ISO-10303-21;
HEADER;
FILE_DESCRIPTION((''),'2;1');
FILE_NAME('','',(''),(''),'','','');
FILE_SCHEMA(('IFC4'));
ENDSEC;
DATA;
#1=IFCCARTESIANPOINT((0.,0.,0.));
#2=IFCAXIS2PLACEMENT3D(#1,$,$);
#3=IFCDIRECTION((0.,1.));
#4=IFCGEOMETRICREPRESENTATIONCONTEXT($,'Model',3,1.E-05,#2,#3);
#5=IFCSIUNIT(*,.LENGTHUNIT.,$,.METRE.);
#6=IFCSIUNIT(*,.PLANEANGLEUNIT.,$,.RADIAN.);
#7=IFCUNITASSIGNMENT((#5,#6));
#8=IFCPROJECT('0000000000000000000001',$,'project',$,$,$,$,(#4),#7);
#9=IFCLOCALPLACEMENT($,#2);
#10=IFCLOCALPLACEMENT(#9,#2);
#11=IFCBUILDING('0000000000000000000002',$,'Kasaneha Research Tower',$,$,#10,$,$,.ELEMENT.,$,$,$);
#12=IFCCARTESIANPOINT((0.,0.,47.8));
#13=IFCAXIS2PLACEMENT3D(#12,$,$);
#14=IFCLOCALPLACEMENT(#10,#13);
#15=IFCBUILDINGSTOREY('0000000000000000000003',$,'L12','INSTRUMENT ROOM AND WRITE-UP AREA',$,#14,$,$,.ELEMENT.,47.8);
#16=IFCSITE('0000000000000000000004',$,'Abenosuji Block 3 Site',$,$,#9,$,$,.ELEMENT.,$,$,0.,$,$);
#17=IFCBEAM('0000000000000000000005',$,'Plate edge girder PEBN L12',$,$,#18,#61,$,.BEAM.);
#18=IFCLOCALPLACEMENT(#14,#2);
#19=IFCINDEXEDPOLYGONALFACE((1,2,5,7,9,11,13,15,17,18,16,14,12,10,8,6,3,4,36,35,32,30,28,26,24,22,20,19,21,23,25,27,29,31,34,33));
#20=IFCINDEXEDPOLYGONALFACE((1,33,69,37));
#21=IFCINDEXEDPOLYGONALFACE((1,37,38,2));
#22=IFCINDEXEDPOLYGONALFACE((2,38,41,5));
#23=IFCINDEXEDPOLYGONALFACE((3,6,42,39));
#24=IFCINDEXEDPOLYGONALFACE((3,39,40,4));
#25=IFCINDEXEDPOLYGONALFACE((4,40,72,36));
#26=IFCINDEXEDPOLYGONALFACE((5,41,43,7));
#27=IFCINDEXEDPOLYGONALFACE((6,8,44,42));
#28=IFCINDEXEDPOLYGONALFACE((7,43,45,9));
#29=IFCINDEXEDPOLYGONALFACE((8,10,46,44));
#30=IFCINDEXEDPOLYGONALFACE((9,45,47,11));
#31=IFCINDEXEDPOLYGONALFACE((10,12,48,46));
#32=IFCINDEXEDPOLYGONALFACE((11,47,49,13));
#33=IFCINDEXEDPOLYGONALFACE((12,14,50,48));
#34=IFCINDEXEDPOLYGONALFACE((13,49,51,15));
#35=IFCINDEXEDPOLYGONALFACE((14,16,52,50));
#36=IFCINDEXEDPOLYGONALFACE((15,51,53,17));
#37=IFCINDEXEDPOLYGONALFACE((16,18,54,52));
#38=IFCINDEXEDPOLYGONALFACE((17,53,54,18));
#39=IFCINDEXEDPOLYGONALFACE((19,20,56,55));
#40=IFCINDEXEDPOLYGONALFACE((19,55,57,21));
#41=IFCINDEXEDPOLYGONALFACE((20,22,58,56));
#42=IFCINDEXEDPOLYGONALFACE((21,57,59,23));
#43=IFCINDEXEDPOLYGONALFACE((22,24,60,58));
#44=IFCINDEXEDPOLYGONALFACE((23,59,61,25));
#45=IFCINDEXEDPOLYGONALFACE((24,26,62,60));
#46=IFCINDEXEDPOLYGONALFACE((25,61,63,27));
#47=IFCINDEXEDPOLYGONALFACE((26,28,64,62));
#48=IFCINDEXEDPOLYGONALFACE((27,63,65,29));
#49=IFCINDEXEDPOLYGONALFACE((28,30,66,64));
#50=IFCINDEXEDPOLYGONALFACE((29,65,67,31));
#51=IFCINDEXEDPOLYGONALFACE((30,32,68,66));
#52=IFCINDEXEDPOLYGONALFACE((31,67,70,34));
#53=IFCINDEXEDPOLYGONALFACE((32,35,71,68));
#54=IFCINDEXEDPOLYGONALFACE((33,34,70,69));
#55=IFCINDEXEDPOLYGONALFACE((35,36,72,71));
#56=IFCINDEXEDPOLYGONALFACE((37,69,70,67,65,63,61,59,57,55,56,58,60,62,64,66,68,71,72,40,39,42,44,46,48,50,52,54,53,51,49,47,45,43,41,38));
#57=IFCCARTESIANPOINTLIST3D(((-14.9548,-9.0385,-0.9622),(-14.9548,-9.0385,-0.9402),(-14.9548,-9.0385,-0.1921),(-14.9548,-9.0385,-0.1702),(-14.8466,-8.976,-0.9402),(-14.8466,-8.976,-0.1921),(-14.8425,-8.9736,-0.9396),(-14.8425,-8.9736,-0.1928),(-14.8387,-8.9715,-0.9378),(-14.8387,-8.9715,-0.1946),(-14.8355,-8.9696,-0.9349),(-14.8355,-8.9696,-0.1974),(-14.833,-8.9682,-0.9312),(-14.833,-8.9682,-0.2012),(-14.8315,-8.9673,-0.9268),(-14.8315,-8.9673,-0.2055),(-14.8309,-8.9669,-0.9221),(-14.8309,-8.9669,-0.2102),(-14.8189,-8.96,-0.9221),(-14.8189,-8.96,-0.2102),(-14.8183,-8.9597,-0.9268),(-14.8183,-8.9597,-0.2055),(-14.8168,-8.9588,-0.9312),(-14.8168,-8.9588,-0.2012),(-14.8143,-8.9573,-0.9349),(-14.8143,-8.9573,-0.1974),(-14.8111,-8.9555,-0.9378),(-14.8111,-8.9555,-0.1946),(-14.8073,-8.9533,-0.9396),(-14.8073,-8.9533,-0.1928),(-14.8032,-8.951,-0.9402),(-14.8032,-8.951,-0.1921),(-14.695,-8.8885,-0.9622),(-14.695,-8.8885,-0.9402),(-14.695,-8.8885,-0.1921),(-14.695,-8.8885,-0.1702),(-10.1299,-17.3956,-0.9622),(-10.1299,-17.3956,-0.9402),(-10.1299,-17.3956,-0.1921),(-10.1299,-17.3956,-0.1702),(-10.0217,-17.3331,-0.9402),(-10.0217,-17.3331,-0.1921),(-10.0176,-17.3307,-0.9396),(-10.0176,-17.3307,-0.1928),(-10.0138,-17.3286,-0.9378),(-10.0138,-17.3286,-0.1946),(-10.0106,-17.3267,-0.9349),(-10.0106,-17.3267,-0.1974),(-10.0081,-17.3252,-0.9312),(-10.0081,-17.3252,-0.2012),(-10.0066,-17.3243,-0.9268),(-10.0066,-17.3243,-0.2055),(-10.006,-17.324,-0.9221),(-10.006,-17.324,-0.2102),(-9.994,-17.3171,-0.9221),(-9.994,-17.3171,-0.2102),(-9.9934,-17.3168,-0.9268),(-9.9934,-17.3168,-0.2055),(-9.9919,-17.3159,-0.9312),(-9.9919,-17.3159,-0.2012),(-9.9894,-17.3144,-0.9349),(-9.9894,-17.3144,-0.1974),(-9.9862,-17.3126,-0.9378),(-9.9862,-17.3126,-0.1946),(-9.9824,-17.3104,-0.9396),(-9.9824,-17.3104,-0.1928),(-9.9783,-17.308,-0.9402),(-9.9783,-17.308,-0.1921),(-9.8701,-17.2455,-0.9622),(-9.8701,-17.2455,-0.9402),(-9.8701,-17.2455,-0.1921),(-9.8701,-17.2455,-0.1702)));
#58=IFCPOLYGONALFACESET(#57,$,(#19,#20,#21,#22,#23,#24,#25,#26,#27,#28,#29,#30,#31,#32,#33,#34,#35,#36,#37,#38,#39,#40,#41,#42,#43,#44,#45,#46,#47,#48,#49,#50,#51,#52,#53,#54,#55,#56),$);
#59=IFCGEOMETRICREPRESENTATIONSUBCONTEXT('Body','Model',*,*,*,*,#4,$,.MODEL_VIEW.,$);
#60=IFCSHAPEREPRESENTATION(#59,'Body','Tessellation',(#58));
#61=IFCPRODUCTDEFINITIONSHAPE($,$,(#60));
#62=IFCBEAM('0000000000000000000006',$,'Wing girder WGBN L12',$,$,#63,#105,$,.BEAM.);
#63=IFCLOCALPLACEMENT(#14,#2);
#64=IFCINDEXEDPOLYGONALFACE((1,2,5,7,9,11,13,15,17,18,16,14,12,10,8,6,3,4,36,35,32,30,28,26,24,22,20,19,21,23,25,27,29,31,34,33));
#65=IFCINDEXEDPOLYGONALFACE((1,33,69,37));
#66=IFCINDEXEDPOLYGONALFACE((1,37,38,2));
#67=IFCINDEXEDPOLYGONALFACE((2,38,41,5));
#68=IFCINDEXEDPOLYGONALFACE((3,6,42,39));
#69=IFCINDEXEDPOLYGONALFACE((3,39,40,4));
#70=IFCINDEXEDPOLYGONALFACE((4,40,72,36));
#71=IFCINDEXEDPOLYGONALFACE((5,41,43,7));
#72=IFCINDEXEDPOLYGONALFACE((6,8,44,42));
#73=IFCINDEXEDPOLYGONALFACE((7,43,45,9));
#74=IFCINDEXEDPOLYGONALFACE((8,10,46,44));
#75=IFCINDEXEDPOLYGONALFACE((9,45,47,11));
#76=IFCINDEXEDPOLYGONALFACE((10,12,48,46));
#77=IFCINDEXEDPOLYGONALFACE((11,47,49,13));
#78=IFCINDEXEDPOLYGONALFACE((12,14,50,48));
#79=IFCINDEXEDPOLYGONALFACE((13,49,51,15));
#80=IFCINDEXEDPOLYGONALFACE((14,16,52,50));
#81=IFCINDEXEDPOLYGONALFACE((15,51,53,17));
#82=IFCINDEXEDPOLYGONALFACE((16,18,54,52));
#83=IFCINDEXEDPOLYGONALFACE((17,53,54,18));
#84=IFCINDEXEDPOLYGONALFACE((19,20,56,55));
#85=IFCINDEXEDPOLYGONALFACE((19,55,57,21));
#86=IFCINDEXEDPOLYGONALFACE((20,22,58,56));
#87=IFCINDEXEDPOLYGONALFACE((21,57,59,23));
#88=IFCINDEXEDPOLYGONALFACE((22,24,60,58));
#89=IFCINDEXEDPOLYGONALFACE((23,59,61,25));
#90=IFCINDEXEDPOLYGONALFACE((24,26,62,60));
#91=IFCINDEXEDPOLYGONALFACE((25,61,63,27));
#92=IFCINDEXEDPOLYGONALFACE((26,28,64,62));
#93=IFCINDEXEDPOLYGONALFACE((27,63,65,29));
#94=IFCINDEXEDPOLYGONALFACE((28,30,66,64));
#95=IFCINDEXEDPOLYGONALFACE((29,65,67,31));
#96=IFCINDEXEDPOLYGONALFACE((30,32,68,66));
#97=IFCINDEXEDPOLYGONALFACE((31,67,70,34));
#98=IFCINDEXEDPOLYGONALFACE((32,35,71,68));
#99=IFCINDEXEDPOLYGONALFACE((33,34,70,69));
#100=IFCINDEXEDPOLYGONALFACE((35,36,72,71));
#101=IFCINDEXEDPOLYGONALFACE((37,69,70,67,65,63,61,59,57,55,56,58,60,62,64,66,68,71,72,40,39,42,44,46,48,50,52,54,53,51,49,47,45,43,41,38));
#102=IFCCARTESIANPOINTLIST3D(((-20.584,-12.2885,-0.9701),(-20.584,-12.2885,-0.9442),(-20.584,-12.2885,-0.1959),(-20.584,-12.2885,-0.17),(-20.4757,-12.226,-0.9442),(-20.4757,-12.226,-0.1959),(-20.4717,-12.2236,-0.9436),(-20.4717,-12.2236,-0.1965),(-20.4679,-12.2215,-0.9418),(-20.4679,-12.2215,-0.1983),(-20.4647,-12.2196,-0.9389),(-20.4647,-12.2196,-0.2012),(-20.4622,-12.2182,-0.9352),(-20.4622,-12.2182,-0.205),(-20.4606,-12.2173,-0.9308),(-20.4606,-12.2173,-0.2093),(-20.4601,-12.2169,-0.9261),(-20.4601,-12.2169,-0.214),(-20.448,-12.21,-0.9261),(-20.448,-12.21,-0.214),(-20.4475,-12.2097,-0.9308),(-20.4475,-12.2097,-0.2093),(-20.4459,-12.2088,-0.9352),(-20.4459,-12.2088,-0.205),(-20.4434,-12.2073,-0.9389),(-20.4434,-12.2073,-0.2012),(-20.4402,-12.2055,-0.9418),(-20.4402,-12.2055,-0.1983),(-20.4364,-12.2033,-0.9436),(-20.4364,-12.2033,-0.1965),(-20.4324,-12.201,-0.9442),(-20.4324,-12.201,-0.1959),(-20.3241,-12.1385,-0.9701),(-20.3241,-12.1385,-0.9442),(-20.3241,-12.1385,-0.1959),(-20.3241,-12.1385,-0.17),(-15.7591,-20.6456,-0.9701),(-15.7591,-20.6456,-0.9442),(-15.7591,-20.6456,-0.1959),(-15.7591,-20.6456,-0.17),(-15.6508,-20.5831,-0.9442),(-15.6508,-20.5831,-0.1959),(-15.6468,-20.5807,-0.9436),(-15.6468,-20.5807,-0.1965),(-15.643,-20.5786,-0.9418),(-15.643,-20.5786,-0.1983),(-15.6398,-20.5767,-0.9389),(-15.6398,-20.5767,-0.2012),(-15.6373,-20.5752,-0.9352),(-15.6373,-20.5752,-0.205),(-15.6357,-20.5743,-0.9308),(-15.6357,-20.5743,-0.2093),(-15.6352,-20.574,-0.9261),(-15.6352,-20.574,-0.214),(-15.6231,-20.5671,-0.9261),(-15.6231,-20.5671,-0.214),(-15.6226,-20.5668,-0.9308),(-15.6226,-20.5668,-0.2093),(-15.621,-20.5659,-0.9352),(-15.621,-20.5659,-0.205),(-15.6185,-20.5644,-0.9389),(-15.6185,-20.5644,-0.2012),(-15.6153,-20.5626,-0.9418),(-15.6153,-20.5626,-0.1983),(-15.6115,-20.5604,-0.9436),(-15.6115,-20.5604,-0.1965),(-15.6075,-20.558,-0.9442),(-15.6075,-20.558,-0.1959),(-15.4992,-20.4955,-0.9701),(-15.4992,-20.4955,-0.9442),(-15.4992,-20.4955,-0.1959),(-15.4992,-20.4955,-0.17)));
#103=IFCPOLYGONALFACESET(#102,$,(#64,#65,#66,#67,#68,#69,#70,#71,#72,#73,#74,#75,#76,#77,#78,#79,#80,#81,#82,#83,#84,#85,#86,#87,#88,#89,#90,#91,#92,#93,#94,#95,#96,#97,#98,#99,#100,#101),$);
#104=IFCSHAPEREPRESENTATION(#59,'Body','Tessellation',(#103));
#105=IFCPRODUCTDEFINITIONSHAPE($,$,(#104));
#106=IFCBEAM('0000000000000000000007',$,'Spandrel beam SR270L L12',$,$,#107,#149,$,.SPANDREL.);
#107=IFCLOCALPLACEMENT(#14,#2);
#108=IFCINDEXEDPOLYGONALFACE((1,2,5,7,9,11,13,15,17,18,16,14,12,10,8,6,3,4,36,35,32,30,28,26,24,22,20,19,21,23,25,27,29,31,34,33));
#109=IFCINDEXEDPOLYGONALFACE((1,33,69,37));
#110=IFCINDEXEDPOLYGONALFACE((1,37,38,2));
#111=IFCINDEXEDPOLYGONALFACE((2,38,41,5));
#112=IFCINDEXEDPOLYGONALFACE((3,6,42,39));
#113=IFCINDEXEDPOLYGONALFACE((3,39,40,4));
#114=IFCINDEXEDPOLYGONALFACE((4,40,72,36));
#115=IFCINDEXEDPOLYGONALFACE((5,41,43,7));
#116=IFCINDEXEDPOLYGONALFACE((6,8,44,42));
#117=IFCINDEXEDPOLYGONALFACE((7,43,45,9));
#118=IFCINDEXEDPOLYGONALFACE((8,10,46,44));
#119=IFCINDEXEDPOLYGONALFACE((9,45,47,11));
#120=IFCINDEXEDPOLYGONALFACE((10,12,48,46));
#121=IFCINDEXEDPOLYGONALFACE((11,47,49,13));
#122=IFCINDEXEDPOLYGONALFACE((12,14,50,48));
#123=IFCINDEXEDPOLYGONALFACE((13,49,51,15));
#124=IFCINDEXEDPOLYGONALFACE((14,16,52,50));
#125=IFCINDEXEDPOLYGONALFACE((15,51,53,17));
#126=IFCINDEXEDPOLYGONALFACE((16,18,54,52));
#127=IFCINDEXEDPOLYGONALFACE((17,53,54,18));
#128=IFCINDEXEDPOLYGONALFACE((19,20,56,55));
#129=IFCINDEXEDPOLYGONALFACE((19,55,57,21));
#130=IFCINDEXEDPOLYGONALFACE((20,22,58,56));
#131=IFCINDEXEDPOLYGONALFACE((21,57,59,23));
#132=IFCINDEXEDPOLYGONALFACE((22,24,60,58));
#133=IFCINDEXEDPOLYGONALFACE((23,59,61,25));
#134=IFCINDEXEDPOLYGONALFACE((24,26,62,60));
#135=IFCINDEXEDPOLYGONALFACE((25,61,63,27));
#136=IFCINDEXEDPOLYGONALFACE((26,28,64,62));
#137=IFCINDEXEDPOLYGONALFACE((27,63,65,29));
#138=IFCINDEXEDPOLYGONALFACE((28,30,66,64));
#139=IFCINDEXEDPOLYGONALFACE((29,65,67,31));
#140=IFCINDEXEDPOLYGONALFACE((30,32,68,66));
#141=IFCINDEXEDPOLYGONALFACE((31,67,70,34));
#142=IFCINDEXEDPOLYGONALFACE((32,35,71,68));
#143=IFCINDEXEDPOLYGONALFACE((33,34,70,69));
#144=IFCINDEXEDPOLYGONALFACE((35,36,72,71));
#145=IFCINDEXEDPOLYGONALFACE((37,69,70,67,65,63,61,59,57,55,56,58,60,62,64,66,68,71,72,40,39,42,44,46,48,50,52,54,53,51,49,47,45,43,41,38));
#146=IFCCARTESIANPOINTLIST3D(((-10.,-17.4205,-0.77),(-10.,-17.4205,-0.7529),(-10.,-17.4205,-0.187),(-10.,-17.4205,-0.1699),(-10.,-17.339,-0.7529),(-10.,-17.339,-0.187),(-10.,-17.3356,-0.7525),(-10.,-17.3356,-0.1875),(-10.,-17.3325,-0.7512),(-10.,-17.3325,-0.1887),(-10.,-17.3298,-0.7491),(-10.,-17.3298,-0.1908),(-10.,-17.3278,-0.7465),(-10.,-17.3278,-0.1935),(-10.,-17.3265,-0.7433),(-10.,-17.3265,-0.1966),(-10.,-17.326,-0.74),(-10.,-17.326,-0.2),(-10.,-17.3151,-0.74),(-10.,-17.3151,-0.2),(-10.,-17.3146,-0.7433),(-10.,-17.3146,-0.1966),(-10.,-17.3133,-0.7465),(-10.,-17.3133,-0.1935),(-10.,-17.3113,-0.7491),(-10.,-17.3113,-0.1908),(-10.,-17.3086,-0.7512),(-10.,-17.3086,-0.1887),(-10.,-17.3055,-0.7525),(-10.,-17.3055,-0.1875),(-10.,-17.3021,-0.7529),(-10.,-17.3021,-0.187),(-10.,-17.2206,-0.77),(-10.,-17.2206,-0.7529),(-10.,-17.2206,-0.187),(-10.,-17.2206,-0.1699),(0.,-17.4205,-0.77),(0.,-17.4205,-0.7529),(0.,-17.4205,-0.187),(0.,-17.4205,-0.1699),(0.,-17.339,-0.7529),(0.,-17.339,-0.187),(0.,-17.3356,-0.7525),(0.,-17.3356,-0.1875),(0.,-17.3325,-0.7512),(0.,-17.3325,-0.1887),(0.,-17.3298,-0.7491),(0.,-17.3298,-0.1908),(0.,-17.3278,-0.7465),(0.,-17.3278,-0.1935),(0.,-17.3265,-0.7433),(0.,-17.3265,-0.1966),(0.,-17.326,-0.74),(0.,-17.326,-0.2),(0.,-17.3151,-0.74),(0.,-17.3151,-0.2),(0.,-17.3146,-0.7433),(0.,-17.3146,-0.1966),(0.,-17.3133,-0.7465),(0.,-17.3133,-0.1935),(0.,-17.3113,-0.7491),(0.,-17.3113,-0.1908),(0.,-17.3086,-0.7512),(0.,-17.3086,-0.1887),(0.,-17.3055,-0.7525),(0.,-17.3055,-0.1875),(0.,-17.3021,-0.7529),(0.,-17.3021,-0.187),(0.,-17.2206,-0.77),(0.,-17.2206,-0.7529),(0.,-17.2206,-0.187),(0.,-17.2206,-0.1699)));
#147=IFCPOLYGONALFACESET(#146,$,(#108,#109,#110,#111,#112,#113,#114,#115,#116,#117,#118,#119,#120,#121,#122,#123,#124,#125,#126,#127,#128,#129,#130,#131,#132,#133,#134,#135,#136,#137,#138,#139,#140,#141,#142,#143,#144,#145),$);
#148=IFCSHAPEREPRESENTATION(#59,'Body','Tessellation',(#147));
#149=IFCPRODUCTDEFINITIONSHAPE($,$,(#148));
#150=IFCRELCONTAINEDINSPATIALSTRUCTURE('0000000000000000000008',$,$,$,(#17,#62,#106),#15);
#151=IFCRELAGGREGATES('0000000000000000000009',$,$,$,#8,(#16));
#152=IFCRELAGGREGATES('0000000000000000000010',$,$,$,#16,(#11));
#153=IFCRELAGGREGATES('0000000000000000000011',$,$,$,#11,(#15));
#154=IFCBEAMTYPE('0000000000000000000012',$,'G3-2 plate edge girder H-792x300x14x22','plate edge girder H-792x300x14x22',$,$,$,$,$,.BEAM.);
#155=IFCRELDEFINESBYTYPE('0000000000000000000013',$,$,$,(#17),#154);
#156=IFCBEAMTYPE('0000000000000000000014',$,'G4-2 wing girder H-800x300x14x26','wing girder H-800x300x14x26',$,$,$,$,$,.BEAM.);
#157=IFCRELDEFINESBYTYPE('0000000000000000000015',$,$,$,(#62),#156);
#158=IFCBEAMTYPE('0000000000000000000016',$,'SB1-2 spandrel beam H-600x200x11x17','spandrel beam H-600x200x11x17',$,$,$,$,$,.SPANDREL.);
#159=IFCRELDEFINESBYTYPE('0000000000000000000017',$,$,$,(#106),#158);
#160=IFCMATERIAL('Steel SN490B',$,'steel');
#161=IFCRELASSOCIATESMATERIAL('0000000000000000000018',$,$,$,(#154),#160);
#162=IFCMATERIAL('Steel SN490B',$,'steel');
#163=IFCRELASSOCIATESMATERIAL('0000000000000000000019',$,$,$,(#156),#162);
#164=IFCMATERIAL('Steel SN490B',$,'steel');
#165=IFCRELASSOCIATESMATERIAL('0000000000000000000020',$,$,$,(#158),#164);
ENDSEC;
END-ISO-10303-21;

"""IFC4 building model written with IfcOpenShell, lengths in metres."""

from ifc_helpers import new_model, si_unit, direction, frame, origin, origin_2d, place, context, subcontext, project, spatial, i_section, extrude, material, material_profile, profile_set, type_object, element, save


model = new_model("IFC4")

# Units and contexts
model_context = context("Model", 3, precision=1e-05, world=origin(), true_north=direction((0.0, 1.0)))
body_context = subcontext(model_context, "Body", "Model", "MODEL_VIEW")
ifc_project = project(units=[si_unit("LENGTHUNIT", "METRE"), si_unit("PLANEANGLEUNIT", "RADIAN")], contexts=[model_context])

# Site, building, storey
site_placement = place(None, origin())
site = spatial("IfcSite", under=ifc_project, at=site_placement, Name="Abenosuji Block 3 Site", CompositionType="ELEMENT", RefElevation=0.0)
building_placement = place(site_placement, origin())
building = spatial("IfcBuilding", under=site, at=building_placement, Name="Kasaneha Research Tower", CompositionType="ELEMENT")
storey_placement = place(building_placement, frame((0.0, 0.0, 47.8)))
storey = spatial("IfcBuildingStorey", under=building, at=storey_placement, Name="L12", Description="INSTRUMENT ROOM AND WRITE-UP AREA", CompositionType="ELEMENT", Elevation=47.8)

# Beams
ifc_material_1 = material(Name="Steel SN490B", Category="steel")
ifc_material_profile_1 = material_profile(ifc_material_1, i_section(OverallWidth=0.3, OverallDepth=0.792, WebThickness=0.0139, FlangeThickness=0.022, FilletRadius=0.0181, at=origin_2d()), Name="H-792x300x14x22")
ifc_profile_set_1 = profile_set([ifc_material_profile_1], Name="Steel SN490B")
beam_type_1 = type_object("IfcBeamType", Name="G3-2 plate edge girder H-792x300x14x22", Description="plate edge girder H-792x300x14x22", PredefinedType="BEAM", material=ifc_profile_set_1)
beam_1_placement = place(storey_placement, frame((-10.0, -17.3206, -0.5662), z_axis=(-0.499995, 0.866028, 0.0), x_axis=(-0.866028, -0.499995, 0.0)))
element("IfcBeam", 1, at=beam_1_placement, inside=storey, type_object=beam_type_1, Name="Plate edge girder PEBN L12", PredefinedType="BEAM", context=body_context, shape_type="SweptSolid", body=[
    extrude(i_section(OverallWidth=0.3, OverallDepth=0.792, WebThickness=0.0139, FlangeThickness=0.022, FilletRadius=0.0181, at=origin_2d()), origin(), (0.0, 0.0, 1.0), 9.6499),
])
ifc_material_2 = material(Name="Steel SN490B", Category="steel")
ifc_material_profile_2 = material_profile(ifc_material_2, i_section(OverallWidth=0.3, OverallDepth=0.8, WebThickness=0.0139, FlangeThickness=0.0259, FilletRadius=0.0181, at=origin_2d()), Name="H-800x300x14x26")
ifc_profile_set_2 = profile_set([ifc_material_profile_2], Name="Steel SN490B")
beam_type_2 = type_object("IfcBeamType", Name="G4-2 wing girder H-800x300x14x26", Description="wing girder H-800x300x14x26", PredefinedType="BEAM", material=ifc_profile_set_2)
beam_2_placement = place(storey_placement, frame((-15.6292, -20.5706, -0.5701), z_axis=(-0.499995, 0.866028, 0.0), x_axis=(-0.866028, -0.499995, 0.0)))
element("IfcBeam", 2, at=beam_2_placement, inside=storey, type_object=beam_type_2, Name="Wing girder WGBN L12", PredefinedType="BEAM", context=body_context, shape_type="SweptSolid", body=[
    extrude(i_section(OverallWidth=0.3, OverallDepth=0.8, WebThickness=0.0139, FlangeThickness=0.0259, FilletRadius=0.0181, at=origin_2d()), origin(), (0.0, 0.0, 1.0), 9.6499),
])
ifc_material_3 = material(Name="Steel SN490B", Category="steel")
ifc_material_profile_3 = material_profile(ifc_material_3, i_section(OverallWidth=0.2, OverallDepth=0.6001, WebThickness=0.011, FlangeThickness=0.0171, FilletRadius=0.0129, at=origin_2d()), Name="H-600x200x11x17")
ifc_profile_set_3 = profile_set([ifc_material_profile_3], Name="Steel SN490B")
beam_type_3 = type_object("IfcBeamType", Name="SB1-2 spandrel beam H-600x200x11x17", Description="spandrel beam H-600x200x11x17", PredefinedType="SPANDREL", material=ifc_profile_set_3)
beam_3_placement = place(storey_placement, frame((-10.0, -17.3206, -0.47), z_axis=(1.0, 0.0, 0.0), x_axis=(0.0, 1.0, 0.0)))
element("IfcBeam", 3, at=beam_3_placement, inside=storey, type_object=beam_type_3, Name="Spandrel beam SR270L L12", PredefinedType="SPANDREL", context=body_context, shape_type="SweptSolid", body=[
    extrude(i_section(OverallWidth=0.2, OverallDepth=0.6001, WebThickness=0.011, FlangeThickness=0.0171, FilletRadius=0.0129, at=origin_2d()), origin(), (0.0, 0.0, 1.0), 10.0),
])

save(model, "model.ifc")
